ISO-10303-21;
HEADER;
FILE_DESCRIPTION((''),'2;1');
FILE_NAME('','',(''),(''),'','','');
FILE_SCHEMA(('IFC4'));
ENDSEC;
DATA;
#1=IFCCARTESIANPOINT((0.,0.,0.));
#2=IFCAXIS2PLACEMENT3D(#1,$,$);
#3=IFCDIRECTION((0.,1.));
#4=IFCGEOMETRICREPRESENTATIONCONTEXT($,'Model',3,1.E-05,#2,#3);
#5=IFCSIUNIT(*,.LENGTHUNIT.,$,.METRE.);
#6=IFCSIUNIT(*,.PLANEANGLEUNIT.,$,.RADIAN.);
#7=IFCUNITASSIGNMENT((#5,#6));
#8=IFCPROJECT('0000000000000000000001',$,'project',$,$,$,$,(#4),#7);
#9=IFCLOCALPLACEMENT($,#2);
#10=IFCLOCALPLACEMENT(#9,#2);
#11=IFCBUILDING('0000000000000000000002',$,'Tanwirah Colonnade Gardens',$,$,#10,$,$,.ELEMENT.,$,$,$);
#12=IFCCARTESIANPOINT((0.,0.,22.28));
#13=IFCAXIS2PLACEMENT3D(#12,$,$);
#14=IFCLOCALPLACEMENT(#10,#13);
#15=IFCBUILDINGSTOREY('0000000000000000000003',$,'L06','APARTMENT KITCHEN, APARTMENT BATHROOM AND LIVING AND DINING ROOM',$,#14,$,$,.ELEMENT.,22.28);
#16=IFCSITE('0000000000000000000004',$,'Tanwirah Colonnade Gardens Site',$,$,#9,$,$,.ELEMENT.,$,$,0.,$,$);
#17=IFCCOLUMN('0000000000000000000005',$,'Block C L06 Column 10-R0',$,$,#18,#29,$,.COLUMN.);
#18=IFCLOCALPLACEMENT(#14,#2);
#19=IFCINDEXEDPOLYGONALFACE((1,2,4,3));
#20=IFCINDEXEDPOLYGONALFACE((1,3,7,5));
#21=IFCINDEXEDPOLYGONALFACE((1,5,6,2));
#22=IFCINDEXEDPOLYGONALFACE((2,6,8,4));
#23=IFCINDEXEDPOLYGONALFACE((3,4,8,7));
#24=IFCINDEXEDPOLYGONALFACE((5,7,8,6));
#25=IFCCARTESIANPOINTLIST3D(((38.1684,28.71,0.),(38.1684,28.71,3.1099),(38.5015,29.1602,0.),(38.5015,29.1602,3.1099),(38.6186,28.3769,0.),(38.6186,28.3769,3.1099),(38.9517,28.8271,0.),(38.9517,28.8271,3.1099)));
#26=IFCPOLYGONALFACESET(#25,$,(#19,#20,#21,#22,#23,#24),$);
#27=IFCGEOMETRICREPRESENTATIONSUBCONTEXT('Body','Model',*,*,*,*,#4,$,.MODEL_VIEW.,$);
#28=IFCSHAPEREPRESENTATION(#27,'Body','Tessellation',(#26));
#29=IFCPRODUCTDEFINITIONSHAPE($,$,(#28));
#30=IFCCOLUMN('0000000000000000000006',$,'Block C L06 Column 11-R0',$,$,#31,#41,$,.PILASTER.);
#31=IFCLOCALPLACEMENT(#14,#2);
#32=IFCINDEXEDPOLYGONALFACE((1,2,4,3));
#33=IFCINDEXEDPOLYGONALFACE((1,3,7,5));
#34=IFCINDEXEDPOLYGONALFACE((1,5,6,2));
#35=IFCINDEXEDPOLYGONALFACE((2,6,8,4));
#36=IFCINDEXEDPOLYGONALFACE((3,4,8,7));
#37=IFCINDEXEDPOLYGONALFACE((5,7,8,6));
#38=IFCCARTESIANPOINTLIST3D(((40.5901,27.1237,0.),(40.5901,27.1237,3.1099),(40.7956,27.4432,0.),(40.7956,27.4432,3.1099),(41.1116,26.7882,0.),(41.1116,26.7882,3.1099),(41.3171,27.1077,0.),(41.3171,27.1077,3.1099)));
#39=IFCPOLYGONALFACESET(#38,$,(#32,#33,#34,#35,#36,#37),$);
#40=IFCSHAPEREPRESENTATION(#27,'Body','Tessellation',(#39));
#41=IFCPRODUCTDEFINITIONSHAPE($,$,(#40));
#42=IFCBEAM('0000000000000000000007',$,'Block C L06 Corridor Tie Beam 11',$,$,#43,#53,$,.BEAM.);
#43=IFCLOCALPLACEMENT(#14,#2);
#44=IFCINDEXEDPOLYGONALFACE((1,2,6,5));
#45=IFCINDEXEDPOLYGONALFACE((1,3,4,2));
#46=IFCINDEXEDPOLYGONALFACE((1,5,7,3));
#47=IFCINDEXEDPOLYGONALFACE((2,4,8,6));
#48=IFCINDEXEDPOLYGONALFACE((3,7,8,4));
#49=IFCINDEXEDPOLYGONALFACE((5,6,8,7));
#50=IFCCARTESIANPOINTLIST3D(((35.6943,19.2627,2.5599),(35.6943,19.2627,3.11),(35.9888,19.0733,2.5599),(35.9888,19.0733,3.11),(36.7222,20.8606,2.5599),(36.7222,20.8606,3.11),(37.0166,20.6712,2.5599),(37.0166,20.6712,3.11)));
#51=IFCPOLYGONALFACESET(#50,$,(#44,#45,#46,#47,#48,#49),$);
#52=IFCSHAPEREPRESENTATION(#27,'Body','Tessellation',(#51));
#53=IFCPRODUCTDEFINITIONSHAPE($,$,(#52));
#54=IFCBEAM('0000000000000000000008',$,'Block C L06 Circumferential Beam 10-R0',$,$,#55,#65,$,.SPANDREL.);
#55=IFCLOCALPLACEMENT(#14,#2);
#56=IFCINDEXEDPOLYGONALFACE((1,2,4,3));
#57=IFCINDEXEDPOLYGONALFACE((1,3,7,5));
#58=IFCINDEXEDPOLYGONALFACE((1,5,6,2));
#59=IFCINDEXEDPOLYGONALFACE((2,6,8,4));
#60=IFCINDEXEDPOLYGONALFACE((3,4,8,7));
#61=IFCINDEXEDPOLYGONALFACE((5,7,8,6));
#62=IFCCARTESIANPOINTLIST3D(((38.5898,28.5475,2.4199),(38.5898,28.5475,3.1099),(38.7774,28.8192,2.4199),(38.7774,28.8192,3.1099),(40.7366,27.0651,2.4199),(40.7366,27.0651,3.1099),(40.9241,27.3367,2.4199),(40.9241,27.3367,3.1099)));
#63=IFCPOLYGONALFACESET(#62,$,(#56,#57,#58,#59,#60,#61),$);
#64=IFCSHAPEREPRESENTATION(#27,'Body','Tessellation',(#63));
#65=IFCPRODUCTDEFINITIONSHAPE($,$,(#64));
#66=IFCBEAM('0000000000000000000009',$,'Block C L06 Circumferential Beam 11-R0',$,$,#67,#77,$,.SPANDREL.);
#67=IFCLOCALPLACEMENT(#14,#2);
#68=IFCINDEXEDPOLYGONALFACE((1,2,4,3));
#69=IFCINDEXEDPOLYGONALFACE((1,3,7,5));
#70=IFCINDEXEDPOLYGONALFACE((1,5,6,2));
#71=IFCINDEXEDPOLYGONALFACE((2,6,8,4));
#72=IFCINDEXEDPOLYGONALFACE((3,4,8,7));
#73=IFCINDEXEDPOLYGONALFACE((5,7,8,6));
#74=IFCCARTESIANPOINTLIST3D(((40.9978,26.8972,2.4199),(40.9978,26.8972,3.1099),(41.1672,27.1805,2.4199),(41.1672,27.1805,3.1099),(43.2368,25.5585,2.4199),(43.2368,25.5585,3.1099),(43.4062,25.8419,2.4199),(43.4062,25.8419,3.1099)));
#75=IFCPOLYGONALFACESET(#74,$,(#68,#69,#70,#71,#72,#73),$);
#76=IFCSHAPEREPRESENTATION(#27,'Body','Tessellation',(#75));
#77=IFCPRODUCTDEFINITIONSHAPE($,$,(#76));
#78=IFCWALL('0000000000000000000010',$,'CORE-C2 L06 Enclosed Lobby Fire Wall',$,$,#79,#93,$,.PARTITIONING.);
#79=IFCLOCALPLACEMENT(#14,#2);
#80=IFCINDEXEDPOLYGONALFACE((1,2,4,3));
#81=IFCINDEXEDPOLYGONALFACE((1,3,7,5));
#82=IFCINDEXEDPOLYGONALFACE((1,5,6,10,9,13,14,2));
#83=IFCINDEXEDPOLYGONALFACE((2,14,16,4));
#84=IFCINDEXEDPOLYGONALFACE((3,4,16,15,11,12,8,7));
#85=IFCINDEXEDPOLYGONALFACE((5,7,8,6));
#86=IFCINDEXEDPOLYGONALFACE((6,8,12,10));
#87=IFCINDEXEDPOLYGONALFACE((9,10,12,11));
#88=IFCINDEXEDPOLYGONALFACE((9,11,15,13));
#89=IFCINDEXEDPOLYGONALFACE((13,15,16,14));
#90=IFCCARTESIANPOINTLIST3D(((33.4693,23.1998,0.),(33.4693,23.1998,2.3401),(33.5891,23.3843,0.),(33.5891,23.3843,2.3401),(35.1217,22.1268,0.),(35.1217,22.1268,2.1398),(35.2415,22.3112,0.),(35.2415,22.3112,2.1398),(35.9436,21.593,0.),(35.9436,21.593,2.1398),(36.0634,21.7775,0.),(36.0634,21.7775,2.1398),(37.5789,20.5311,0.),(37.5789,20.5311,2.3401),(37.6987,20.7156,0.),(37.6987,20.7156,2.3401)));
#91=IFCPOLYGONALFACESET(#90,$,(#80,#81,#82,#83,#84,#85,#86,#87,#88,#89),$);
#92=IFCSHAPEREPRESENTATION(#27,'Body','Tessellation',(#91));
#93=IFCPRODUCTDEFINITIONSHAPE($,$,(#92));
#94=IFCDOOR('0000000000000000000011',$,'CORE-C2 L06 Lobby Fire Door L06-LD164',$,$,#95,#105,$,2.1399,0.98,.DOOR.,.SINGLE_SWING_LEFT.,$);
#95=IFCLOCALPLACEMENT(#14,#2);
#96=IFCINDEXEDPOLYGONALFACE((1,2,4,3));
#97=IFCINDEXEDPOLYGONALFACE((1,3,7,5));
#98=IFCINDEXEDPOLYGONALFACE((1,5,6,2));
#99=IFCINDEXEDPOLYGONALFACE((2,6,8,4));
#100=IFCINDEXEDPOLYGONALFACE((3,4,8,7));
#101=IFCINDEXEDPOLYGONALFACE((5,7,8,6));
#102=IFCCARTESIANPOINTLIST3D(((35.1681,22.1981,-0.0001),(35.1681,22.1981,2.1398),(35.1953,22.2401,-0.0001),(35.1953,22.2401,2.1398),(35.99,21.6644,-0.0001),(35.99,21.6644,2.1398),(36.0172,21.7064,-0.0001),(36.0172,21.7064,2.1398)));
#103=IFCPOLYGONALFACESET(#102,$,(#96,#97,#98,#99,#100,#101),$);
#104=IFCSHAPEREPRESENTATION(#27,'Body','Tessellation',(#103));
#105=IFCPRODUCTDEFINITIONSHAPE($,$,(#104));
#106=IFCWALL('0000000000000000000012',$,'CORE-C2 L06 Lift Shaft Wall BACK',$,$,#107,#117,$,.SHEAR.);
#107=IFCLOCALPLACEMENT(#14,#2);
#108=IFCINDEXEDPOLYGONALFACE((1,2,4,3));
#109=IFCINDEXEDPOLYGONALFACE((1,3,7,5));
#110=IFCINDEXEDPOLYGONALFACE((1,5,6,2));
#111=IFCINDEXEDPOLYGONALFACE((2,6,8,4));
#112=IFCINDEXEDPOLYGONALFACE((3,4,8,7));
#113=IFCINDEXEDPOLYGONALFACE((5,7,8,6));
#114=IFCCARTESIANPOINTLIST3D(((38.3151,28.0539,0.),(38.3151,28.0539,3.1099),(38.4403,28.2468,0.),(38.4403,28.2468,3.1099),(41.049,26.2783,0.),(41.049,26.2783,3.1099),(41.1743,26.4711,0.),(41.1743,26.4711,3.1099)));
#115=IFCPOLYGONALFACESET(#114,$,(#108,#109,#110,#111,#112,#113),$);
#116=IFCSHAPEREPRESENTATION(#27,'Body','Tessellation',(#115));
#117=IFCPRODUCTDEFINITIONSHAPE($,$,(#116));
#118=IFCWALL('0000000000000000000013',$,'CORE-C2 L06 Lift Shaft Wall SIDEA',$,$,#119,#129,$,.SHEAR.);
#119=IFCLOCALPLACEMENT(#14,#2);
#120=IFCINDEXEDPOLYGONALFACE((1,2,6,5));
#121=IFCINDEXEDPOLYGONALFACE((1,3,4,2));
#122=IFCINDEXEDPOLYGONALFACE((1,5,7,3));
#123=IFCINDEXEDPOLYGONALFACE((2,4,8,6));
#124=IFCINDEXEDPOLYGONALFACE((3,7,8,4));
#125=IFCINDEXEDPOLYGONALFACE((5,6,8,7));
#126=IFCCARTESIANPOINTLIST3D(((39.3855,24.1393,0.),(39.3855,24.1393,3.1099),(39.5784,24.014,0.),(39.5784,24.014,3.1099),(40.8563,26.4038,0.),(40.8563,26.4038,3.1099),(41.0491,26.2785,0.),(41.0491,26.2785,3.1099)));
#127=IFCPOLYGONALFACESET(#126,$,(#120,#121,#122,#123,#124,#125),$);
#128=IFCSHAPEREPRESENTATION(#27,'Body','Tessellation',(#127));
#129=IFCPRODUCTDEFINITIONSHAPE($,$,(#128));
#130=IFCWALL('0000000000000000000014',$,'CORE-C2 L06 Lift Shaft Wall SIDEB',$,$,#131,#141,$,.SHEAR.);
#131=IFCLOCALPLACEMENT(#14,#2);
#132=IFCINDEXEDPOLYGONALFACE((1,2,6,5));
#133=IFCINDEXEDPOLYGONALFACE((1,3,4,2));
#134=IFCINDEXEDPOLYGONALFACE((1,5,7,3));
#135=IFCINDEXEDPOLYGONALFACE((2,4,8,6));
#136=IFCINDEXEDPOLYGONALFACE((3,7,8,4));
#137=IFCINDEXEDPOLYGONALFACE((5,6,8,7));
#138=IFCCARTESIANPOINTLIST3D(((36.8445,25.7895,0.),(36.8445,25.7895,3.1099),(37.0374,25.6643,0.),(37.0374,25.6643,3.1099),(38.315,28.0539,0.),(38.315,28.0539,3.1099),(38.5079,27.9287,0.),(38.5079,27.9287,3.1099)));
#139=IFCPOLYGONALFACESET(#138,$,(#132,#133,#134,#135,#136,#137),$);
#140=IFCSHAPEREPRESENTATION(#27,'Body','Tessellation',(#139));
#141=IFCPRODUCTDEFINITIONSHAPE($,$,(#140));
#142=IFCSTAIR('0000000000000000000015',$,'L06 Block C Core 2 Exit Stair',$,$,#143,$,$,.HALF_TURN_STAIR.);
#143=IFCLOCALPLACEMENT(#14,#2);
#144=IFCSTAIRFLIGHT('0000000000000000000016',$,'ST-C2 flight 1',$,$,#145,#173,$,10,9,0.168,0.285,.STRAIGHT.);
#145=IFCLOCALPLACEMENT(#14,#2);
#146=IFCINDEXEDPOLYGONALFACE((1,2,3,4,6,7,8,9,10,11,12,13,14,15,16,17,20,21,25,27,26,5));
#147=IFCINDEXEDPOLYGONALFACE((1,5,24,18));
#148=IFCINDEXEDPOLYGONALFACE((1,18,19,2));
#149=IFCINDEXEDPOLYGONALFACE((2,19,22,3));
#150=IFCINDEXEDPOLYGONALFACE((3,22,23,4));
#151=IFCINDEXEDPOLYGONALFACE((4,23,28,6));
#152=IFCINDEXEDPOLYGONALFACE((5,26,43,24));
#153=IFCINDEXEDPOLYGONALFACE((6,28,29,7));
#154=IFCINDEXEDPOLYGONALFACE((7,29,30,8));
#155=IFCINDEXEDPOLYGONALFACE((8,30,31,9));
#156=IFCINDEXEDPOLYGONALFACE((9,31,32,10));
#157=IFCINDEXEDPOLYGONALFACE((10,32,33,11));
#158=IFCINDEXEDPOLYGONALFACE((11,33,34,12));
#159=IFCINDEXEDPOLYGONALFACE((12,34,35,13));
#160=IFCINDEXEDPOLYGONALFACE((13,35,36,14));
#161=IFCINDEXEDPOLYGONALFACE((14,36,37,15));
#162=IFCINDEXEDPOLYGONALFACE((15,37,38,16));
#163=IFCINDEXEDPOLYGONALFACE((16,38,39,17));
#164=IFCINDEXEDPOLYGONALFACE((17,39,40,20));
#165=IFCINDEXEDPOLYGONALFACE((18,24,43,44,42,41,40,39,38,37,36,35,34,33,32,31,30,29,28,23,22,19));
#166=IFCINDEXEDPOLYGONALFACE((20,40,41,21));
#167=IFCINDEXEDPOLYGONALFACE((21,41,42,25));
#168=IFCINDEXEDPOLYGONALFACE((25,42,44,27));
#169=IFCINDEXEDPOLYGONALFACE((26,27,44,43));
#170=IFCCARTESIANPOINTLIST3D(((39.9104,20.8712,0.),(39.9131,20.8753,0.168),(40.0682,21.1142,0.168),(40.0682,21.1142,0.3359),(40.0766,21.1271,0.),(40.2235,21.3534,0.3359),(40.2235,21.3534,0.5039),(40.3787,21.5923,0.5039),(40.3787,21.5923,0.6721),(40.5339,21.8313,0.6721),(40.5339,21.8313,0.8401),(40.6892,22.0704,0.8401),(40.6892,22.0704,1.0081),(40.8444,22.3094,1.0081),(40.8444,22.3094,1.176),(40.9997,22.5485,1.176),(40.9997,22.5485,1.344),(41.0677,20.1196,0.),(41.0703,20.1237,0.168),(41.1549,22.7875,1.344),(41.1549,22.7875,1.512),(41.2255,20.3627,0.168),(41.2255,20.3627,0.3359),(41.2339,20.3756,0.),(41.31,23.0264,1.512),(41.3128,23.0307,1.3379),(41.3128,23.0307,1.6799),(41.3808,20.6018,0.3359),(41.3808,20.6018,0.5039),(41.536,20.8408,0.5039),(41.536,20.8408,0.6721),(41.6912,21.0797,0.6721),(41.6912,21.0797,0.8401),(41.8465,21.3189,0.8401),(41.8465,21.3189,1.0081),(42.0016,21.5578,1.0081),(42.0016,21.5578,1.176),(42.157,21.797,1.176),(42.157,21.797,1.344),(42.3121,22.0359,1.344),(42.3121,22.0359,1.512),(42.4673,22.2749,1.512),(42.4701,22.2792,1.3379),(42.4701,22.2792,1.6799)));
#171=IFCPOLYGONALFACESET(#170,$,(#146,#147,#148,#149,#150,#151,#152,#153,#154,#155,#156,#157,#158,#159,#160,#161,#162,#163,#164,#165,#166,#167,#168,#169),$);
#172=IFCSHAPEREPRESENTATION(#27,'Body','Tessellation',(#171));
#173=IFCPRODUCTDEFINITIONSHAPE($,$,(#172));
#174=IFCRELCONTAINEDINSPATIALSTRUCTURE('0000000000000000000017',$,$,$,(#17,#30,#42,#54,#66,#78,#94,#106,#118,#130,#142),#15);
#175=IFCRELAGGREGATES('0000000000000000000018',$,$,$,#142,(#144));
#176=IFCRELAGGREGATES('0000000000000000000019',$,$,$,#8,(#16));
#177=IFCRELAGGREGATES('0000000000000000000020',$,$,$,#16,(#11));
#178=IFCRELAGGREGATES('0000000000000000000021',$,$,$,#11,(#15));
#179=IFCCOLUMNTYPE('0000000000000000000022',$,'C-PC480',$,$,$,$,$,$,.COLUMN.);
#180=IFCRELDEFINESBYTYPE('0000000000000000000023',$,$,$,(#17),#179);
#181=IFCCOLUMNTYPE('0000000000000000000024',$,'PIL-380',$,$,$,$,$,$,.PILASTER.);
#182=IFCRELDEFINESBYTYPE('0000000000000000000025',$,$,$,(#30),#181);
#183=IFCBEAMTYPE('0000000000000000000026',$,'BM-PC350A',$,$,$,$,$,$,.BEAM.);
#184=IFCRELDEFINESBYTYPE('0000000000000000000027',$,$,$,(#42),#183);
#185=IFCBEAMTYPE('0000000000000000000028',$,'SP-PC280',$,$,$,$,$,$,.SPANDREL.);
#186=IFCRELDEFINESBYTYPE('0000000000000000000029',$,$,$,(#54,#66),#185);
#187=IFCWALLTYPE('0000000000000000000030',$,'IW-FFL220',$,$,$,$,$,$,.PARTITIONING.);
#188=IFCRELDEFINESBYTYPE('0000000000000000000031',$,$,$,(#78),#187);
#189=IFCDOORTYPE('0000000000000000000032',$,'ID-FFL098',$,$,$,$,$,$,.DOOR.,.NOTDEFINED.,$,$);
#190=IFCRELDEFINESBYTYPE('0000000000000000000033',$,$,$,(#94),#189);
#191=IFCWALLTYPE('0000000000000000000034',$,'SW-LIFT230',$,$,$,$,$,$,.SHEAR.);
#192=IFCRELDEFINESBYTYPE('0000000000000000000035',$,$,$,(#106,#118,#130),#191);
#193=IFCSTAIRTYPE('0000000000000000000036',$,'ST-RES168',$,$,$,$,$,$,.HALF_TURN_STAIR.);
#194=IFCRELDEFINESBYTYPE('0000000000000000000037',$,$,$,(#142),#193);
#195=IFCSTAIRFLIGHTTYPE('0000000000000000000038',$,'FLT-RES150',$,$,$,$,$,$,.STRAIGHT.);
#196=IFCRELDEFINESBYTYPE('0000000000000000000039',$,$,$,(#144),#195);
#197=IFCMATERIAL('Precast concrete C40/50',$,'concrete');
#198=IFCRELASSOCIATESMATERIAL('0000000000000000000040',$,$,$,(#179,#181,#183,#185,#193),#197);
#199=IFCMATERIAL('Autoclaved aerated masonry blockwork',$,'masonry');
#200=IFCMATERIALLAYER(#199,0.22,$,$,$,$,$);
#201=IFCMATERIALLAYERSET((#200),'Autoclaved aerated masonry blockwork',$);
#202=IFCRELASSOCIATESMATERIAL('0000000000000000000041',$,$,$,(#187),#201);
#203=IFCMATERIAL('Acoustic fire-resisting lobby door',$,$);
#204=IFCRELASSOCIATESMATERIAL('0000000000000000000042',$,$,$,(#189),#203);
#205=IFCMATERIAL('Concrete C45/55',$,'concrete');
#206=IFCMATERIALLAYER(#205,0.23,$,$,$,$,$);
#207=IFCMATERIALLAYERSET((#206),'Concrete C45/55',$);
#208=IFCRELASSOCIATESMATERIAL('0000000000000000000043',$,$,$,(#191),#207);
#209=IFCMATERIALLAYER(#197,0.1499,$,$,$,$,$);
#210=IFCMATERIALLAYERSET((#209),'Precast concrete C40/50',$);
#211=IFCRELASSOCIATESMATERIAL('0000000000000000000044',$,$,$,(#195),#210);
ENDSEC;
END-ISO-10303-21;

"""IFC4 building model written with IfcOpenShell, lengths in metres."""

from ifc_helpers import new_model, si_unit, direction, frame, frame_2d, origin, origin_2d, place, context, subcontext, project, spatial, polyline, rectangle, outline, extrude, material, layer, layer_set, material_profile, profile_set, type_object, element, fill, aggregate, save


model = new_model("IFC4")

# Units and contexts
model_context = context("Model", 3, precision=1e-05, world=origin(), true_north=direction((0.0, 1.0)))
body_context = subcontext(model_context, "Body", "Model", "MODEL_VIEW")
ifc_project = project(units=[si_unit("LENGTHUNIT", "METRE"), si_unit("PLANEANGLEUNIT", "RADIAN")], contexts=[model_context])

# Site, building, storey
site_placement = place(None, origin())
site = spatial("IfcSite", under=ifc_project, at=site_placement, Name="Tanwirah Colonnade Gardens Site", CompositionType="ELEMENT", RefElevation=0.0)
building_placement = place(site_placement, origin())
building = spatial("IfcBuilding", under=site, at=building_placement, Name="Tanwirah Colonnade Gardens", CompositionType="ELEMENT")
storey_placement = place(building_placement, frame((0.0, 0.0, 22.28)))
storey = spatial("IfcBuildingStorey", under=building, at=storey_placement, Name="L06", Description="APARTMENT KITCHEN, APARTMENT BATHROOM AND LIVING AND DINING ROOM", CompositionType="ELEMENT", Elevation=22.28)

# Columns
ifc_material_1 = material(Name="Precast concrete C40/50", Category="concrete")
ifc_material_profile_1 = material_profile(ifc_material_1, rectangle(XDim=0.5601, YDim=0.5601, at=origin_2d()), Name="PC-COL 560x560")
ifc_profile_set_1 = profile_set([ifc_material_profile_1], Name="Precast concrete C40/50")
column_type_1 = type_object("IfcColumnType", Name="C-PC480", PredefinedType="COLUMN", material=ifc_profile_set_1)
column_1_placement = place(storey_placement, frame((38.5601, 28.7686, 0.0), z_axis=(0.0, 0.0, 1.0), x_axis=(-0.594823, -0.803857, 0.0)))
element("IfcColumn", 1, at=column_1_placement, inside=storey, type_object=column_type_1, Name="Block C L06 Column 10-R0", PredefinedType="COLUMN", context=body_context, shape_type="SweptSolid", body=[
    extrude(rectangle(XDim=0.5601, YDim=0.5601, at=origin_2d()), origin(), (0.0, 0.0, 1.0), 3.1099),
])
ifc_material_profile_2 = material_profile(ifc_material_1, rectangle(XDim=0.3799, YDim=0.6201, at=origin_2d()), Name="PC-PIL 380x620")
ifc_profile_set_2 = profile_set([ifc_material_profile_2], Name="Precast concrete C40/50")
column_type_2 = type_object("IfcColumnType", Name="PIL-380", PredefinedType="PILASTER", material=ifc_profile_set_2)
column_2_placement = place(storey_placement, frame((40.9536, 27.1157, 0.0), z_axis=(0.0, 0.0, 1.0), x_axis=(-0.540974, -0.841039, 0.0)))
element("IfcColumn", 2, at=column_2_placement, inside=storey, type_object=column_type_2, Name="Block C L06 Column 11-R0", PredefinedType="PILASTER", context=body_context, shape_type="SweptSolid", body=[
    extrude(rectangle(XDim=0.3799, YDim=0.6201, at=origin_2d()), origin(), (0.0, 0.0, 1.0), 3.1099),
])

# Beams
ifc_material_profile_3 = material_profile(ifc_material_1, rectangle(XDim=0.3501, YDim=0.55, at=origin_2d()), Name="PC-BM 350x550")
ifc_profile_set_3 = profile_set([ifc_material_profile_3], Name="Precast concrete C40/50")
beam_type_1 = type_object("IfcBeamType", Name="BM-PC350A", PredefinedType="BEAM", material=ifc_profile_set_3)
beam_1_placement = place(storey_placement, frame((36.8694, 20.7659, 2.835), z_axis=(-0.540985, -0.841032, 0.0), x_axis=(0.841032, -0.540985, 0.0)))
element("IfcBeam", 3, at=beam_1_placement, inside=storey, type_object=beam_type_1, Name="Block C L06 Corridor Tie Beam 11", PredefinedType="BEAM", context=body_context, shape_type="SweptSolid", body=[
    extrude(rectangle(XDim=0.3501, YDim=0.55, at=origin_2d()), origin(), (0.0, 0.0, 1.0), 1.8999),
])
ifc_material_profile_4 = material_profile(ifc_material_1, rectangle(XDim=0.3301, YDim=0.6899, at=origin_2d()), Name="PC-SP 330x690")
ifc_profile_set_4 = profile_set([ifc_material_profile_4], Name="Precast concrete C40/50")
beam_type_2 = type_object("IfcBeamType", Name="SP-PC280", PredefinedType="SPANDREL", material=ifc_profile_set_4)
beam_2_placement = place(storey_placement, frame((38.6836, 28.6833, 2.7649), z_axis=(0.822869, -0.568231, 0.0), x_axis=(0.568231, 0.822869, 0.0)))
element("IfcBeam", 4, at=beam_2_placement, inside=storey, type_object=beam_type_2, Name="Block C L06 Circumferential Beam 10-R0", PredefinedType="SPANDREL", context=body_context, shape_type="SweptSolid", body=[
    extrude(rectangle(XDim=0.3301, YDim=0.6899, at=origin_2d()), origin(), (0.0, 0.0, 1.0), 2.6089),
])
beam_3_placement = place(storey_placement, frame((41.0825, 27.0388, 2.7649), z_axis=(0.858301, -0.513146, 0.0), x_axis=(0.513146, 0.858301, 0.0)))
element("IfcBeam", 5, at=beam_3_placement, inside=storey, type_object=beam_type_2, Name="Block C L06 Circumferential Beam 11-R0", PredefinedType="SPANDREL", context=body_context, shape_type="SweptSolid", body=[
    extrude(rectangle(XDim=0.3301, YDim=0.6899, at=origin_2d()), origin(), (0.0, 0.0, 1.0), 2.6086),
])

# Wall, opening, door
ifc_material_2 = material(Name="Autoclaved aerated masonry blockwork", Category="masonry")
ifc_layer_1 = layer(ifc_material_2, 0.22)
ifc_layer_set_1 = layer_set([ifc_layer_1], Name="Autoclaved aerated masonry blockwork")
wall_type_1 = type_object("IfcWallType", Name="IW-FFL220", PredefinedType="PARTITIONING", material=ifc_layer_set_1)
wall_1_placement = place(storey_placement, frame((37.6389, 20.6233, 0.0), z_axis=(0.0, 0.0, 1.0), x_axis=(-0.838681, 0.544622, 0.0)))
wall_1 = element("IfcWall", 6, at=wall_1_placement, inside=storey, type_object=wall_type_1, Name="CORE-C2 L06 Enclosed Lobby Fire Wall", PredefinedType="PARTITIONING", context=body_context, shape_type="SweptSolid", body=[
    extrude(rectangle(XDim=4.9001, YDim=0.22, at=frame_2d((2.4502, 0.0))), origin(), (0.0, 0.0, 1.0), 2.3401),
])
opening_1_placement = place(wall_1_placement, frame((1.95, 0.0, 0.0)))
opening_1 = element("IfcOpeningElement", 7, at=opening_1_placement, cuts=wall_1, PredefinedType="OPENING", context=body_context, shape_type="SweptSolid", body=[
    extrude(rectangle(XDim=0.98, YDim=2.1399, at=frame_2d((0.49, 1.0698))), frame((0.0, 0.1199, 0.0), z_axis=(0.0, -1.0, 0.0), x_axis=(1.0, 0.0, 0.0)), (0.0, 0.0, 1.0), 0.24),
])
ifc_material_3 = material(Name="Acoustic fire-resisting lobby door")
door_type_1 = type_object("IfcDoorType", Name="ID-FFL098", OperationType="NOTDEFINED", PredefinedType="DOOR", material=ifc_material_3)
door_1_placement = place(opening_1_placement, origin())
door_1 = element("IfcDoor", 8, at=door_1_placement, inside=storey, type_object=door_type_1, Name="CORE-C2 L06 Lobby Fire Door L06-LD164", OperationType="SINGLE_SWING_LEFT", OverallHeight=2.1399, OverallWidth=0.98, PredefinedType="DOOR", context=body_context, shape_type="SweptSolid", body=[
    extrude(rectangle(XDim=0.98, YDim=2.1399, at=frame_2d((0.49, 1.0698))), frame((0.0, 0.0249, 0.0), z_axis=(0.0, -1.0, 0.0), x_axis=(1.0, 0.0, 0.0)), (0.0, 0.0, 1.0), 0.05),
])
fill(opening_1, door_1)
ifc_material_4 = material(Name="Concrete C45/55", Category="concrete")
ifc_layer_2 = layer(ifc_material_4, 0.23)
ifc_layer_set_2 = layer_set([ifc_layer_2], Name="Concrete C45/55")
wall_type_2 = type_object("IfcWallType", Name="SW-LIFT230", PredefinedType="SHEAR", material=ifc_layer_set_2)

# Walls
wall_2_placement = place(storey_placement, frame((41.1116, 26.3748, 0.0), z_axis=(0.0, 0.0, 1.0), x_axis=(-0.838639, 0.544688, 0.0)))
element("IfcWall", 9, at=wall_2_placement, inside=storey, type_object=wall_type_2, Name="CORE-C2 L06 Lift Shaft Wall BACK", PredefinedType="SHEAR", context=body_context, shape_type="SweptSolid", body=[
    extrude(rectangle(XDim=3.26, YDim=0.23, at=frame_2d((1.6299, 0.0))), origin(), (0.0, 0.0, 1.0), 3.1099),
])
wall_3_placement = place(storey_placement, frame((39.4819, 24.0767, 0.0), z_axis=(0.0, 0.0, 1.0), x_axis=(0.544686, 0.83864, 0.0)))
element("IfcWall", 10, at=wall_3_placement, inside=storey, type_object=wall_type_2, Name="CORE-C2 L06 Lift Shaft Wall SIDEA", PredefinedType="SHEAR", context=body_context, shape_type="SweptSolid", body=[
    extrude(rectangle(XDim=2.7002, YDim=0.23, at=frame_2d((1.3501, 0.0))), origin(), (0.0, 0.0, 1.0), 3.1099),
])
wall_4_placement = place(storey_placement, frame((36.9409, 25.7268, 0.0), z_axis=(0.0, 0.0, 1.0), x_axis=(0.544623, 0.838681, 0.0)))
element("IfcWall", 11, at=wall_4_placement, inside=storey, type_object=wall_type_2, Name="CORE-C2 L06 Lift Shaft Wall SIDEB", PredefinedType="SHEAR", context=body_context, shape_type="SweptSolid", body=[
    extrude(rectangle(XDim=2.7, YDim=0.23, at=frame_2d((1.3501, 0.0))), origin(), (0.0, 0.0, 1.0), 3.1099),
])

# Stair, stair flight
stair_type = type_object("IfcStairType", Name="ST-RES168", PredefinedType="HALF_TURN_STAIR", material=ifc_material_1)
stair_placement = place(storey_placement, origin())
stair = element("IfcStair", 12, at=stair_placement, inside=storey, type_object=stair_type, Name="L06 Block C Core 2 Exit Stair", PredefinedType="HALF_TURN_STAIR")
ifc_layer_3 = layer(ifc_material_1, 0.1499)
ifc_layer_set_3 = layer_set([ifc_layer_3], Name="Precast concrete C40/50")
stair_flight_type = type_object("IfcStairFlightType", Name="FLT-RES150", PredefinedType="STRAIGHT", material=ifc_layer_set_3)
stair_flight_1_placement = place(storey_placement, frame((40.4917, 20.4995, 0.0), z_axis=(0.0, 0.0, 1.0), x_axis=(0.544639, 0.838671, 0.0)))
stair_flight_1 = element("IfcStairFlight", 13, at=stair_flight_1_placement, type_object=stair_flight_type, Name="ST-C2 flight 1", NumberOfRisers=10, NumberOfTreads=9, PredefinedType="STRAIGHT", RiserHeight=0.168, TreadLength=0.285, context=body_context, shape_type="SweptSolid", body=[
    extrude(outline(polyline([(-0.0049, 0.0), (0.0, 0.168), (0.2849, 0.168), (0.2849, 0.3359), (0.5701, 0.3359), (0.5701, 0.5039), (0.855, 0.5039), (0.855, 0.6721), (1.1399, 0.6721), (1.1399, 0.8401), (1.425, 0.8401), (1.425, 1.0081), (1.71, 1.0081), (1.71, 1.176), (1.9951, 1.176), (1.9951, 1.344), (2.28, 1.344), (2.28, 1.512), (2.5649, 1.512), (2.5701, 1.6799), (2.5701, 1.3379), (0.3003, 0.0), (-0.0049, 0.0)])), frame((0.0, 0.6899, 0.0), z_axis=(0.0, -1.0, 0.0), x_axis=(1.0, 0.0, 0.0)), (0.0, 0.0, 1.0), 1.3799),
])
aggregate(stair, [stair_flight_1])

save(model, "model.ifc")
